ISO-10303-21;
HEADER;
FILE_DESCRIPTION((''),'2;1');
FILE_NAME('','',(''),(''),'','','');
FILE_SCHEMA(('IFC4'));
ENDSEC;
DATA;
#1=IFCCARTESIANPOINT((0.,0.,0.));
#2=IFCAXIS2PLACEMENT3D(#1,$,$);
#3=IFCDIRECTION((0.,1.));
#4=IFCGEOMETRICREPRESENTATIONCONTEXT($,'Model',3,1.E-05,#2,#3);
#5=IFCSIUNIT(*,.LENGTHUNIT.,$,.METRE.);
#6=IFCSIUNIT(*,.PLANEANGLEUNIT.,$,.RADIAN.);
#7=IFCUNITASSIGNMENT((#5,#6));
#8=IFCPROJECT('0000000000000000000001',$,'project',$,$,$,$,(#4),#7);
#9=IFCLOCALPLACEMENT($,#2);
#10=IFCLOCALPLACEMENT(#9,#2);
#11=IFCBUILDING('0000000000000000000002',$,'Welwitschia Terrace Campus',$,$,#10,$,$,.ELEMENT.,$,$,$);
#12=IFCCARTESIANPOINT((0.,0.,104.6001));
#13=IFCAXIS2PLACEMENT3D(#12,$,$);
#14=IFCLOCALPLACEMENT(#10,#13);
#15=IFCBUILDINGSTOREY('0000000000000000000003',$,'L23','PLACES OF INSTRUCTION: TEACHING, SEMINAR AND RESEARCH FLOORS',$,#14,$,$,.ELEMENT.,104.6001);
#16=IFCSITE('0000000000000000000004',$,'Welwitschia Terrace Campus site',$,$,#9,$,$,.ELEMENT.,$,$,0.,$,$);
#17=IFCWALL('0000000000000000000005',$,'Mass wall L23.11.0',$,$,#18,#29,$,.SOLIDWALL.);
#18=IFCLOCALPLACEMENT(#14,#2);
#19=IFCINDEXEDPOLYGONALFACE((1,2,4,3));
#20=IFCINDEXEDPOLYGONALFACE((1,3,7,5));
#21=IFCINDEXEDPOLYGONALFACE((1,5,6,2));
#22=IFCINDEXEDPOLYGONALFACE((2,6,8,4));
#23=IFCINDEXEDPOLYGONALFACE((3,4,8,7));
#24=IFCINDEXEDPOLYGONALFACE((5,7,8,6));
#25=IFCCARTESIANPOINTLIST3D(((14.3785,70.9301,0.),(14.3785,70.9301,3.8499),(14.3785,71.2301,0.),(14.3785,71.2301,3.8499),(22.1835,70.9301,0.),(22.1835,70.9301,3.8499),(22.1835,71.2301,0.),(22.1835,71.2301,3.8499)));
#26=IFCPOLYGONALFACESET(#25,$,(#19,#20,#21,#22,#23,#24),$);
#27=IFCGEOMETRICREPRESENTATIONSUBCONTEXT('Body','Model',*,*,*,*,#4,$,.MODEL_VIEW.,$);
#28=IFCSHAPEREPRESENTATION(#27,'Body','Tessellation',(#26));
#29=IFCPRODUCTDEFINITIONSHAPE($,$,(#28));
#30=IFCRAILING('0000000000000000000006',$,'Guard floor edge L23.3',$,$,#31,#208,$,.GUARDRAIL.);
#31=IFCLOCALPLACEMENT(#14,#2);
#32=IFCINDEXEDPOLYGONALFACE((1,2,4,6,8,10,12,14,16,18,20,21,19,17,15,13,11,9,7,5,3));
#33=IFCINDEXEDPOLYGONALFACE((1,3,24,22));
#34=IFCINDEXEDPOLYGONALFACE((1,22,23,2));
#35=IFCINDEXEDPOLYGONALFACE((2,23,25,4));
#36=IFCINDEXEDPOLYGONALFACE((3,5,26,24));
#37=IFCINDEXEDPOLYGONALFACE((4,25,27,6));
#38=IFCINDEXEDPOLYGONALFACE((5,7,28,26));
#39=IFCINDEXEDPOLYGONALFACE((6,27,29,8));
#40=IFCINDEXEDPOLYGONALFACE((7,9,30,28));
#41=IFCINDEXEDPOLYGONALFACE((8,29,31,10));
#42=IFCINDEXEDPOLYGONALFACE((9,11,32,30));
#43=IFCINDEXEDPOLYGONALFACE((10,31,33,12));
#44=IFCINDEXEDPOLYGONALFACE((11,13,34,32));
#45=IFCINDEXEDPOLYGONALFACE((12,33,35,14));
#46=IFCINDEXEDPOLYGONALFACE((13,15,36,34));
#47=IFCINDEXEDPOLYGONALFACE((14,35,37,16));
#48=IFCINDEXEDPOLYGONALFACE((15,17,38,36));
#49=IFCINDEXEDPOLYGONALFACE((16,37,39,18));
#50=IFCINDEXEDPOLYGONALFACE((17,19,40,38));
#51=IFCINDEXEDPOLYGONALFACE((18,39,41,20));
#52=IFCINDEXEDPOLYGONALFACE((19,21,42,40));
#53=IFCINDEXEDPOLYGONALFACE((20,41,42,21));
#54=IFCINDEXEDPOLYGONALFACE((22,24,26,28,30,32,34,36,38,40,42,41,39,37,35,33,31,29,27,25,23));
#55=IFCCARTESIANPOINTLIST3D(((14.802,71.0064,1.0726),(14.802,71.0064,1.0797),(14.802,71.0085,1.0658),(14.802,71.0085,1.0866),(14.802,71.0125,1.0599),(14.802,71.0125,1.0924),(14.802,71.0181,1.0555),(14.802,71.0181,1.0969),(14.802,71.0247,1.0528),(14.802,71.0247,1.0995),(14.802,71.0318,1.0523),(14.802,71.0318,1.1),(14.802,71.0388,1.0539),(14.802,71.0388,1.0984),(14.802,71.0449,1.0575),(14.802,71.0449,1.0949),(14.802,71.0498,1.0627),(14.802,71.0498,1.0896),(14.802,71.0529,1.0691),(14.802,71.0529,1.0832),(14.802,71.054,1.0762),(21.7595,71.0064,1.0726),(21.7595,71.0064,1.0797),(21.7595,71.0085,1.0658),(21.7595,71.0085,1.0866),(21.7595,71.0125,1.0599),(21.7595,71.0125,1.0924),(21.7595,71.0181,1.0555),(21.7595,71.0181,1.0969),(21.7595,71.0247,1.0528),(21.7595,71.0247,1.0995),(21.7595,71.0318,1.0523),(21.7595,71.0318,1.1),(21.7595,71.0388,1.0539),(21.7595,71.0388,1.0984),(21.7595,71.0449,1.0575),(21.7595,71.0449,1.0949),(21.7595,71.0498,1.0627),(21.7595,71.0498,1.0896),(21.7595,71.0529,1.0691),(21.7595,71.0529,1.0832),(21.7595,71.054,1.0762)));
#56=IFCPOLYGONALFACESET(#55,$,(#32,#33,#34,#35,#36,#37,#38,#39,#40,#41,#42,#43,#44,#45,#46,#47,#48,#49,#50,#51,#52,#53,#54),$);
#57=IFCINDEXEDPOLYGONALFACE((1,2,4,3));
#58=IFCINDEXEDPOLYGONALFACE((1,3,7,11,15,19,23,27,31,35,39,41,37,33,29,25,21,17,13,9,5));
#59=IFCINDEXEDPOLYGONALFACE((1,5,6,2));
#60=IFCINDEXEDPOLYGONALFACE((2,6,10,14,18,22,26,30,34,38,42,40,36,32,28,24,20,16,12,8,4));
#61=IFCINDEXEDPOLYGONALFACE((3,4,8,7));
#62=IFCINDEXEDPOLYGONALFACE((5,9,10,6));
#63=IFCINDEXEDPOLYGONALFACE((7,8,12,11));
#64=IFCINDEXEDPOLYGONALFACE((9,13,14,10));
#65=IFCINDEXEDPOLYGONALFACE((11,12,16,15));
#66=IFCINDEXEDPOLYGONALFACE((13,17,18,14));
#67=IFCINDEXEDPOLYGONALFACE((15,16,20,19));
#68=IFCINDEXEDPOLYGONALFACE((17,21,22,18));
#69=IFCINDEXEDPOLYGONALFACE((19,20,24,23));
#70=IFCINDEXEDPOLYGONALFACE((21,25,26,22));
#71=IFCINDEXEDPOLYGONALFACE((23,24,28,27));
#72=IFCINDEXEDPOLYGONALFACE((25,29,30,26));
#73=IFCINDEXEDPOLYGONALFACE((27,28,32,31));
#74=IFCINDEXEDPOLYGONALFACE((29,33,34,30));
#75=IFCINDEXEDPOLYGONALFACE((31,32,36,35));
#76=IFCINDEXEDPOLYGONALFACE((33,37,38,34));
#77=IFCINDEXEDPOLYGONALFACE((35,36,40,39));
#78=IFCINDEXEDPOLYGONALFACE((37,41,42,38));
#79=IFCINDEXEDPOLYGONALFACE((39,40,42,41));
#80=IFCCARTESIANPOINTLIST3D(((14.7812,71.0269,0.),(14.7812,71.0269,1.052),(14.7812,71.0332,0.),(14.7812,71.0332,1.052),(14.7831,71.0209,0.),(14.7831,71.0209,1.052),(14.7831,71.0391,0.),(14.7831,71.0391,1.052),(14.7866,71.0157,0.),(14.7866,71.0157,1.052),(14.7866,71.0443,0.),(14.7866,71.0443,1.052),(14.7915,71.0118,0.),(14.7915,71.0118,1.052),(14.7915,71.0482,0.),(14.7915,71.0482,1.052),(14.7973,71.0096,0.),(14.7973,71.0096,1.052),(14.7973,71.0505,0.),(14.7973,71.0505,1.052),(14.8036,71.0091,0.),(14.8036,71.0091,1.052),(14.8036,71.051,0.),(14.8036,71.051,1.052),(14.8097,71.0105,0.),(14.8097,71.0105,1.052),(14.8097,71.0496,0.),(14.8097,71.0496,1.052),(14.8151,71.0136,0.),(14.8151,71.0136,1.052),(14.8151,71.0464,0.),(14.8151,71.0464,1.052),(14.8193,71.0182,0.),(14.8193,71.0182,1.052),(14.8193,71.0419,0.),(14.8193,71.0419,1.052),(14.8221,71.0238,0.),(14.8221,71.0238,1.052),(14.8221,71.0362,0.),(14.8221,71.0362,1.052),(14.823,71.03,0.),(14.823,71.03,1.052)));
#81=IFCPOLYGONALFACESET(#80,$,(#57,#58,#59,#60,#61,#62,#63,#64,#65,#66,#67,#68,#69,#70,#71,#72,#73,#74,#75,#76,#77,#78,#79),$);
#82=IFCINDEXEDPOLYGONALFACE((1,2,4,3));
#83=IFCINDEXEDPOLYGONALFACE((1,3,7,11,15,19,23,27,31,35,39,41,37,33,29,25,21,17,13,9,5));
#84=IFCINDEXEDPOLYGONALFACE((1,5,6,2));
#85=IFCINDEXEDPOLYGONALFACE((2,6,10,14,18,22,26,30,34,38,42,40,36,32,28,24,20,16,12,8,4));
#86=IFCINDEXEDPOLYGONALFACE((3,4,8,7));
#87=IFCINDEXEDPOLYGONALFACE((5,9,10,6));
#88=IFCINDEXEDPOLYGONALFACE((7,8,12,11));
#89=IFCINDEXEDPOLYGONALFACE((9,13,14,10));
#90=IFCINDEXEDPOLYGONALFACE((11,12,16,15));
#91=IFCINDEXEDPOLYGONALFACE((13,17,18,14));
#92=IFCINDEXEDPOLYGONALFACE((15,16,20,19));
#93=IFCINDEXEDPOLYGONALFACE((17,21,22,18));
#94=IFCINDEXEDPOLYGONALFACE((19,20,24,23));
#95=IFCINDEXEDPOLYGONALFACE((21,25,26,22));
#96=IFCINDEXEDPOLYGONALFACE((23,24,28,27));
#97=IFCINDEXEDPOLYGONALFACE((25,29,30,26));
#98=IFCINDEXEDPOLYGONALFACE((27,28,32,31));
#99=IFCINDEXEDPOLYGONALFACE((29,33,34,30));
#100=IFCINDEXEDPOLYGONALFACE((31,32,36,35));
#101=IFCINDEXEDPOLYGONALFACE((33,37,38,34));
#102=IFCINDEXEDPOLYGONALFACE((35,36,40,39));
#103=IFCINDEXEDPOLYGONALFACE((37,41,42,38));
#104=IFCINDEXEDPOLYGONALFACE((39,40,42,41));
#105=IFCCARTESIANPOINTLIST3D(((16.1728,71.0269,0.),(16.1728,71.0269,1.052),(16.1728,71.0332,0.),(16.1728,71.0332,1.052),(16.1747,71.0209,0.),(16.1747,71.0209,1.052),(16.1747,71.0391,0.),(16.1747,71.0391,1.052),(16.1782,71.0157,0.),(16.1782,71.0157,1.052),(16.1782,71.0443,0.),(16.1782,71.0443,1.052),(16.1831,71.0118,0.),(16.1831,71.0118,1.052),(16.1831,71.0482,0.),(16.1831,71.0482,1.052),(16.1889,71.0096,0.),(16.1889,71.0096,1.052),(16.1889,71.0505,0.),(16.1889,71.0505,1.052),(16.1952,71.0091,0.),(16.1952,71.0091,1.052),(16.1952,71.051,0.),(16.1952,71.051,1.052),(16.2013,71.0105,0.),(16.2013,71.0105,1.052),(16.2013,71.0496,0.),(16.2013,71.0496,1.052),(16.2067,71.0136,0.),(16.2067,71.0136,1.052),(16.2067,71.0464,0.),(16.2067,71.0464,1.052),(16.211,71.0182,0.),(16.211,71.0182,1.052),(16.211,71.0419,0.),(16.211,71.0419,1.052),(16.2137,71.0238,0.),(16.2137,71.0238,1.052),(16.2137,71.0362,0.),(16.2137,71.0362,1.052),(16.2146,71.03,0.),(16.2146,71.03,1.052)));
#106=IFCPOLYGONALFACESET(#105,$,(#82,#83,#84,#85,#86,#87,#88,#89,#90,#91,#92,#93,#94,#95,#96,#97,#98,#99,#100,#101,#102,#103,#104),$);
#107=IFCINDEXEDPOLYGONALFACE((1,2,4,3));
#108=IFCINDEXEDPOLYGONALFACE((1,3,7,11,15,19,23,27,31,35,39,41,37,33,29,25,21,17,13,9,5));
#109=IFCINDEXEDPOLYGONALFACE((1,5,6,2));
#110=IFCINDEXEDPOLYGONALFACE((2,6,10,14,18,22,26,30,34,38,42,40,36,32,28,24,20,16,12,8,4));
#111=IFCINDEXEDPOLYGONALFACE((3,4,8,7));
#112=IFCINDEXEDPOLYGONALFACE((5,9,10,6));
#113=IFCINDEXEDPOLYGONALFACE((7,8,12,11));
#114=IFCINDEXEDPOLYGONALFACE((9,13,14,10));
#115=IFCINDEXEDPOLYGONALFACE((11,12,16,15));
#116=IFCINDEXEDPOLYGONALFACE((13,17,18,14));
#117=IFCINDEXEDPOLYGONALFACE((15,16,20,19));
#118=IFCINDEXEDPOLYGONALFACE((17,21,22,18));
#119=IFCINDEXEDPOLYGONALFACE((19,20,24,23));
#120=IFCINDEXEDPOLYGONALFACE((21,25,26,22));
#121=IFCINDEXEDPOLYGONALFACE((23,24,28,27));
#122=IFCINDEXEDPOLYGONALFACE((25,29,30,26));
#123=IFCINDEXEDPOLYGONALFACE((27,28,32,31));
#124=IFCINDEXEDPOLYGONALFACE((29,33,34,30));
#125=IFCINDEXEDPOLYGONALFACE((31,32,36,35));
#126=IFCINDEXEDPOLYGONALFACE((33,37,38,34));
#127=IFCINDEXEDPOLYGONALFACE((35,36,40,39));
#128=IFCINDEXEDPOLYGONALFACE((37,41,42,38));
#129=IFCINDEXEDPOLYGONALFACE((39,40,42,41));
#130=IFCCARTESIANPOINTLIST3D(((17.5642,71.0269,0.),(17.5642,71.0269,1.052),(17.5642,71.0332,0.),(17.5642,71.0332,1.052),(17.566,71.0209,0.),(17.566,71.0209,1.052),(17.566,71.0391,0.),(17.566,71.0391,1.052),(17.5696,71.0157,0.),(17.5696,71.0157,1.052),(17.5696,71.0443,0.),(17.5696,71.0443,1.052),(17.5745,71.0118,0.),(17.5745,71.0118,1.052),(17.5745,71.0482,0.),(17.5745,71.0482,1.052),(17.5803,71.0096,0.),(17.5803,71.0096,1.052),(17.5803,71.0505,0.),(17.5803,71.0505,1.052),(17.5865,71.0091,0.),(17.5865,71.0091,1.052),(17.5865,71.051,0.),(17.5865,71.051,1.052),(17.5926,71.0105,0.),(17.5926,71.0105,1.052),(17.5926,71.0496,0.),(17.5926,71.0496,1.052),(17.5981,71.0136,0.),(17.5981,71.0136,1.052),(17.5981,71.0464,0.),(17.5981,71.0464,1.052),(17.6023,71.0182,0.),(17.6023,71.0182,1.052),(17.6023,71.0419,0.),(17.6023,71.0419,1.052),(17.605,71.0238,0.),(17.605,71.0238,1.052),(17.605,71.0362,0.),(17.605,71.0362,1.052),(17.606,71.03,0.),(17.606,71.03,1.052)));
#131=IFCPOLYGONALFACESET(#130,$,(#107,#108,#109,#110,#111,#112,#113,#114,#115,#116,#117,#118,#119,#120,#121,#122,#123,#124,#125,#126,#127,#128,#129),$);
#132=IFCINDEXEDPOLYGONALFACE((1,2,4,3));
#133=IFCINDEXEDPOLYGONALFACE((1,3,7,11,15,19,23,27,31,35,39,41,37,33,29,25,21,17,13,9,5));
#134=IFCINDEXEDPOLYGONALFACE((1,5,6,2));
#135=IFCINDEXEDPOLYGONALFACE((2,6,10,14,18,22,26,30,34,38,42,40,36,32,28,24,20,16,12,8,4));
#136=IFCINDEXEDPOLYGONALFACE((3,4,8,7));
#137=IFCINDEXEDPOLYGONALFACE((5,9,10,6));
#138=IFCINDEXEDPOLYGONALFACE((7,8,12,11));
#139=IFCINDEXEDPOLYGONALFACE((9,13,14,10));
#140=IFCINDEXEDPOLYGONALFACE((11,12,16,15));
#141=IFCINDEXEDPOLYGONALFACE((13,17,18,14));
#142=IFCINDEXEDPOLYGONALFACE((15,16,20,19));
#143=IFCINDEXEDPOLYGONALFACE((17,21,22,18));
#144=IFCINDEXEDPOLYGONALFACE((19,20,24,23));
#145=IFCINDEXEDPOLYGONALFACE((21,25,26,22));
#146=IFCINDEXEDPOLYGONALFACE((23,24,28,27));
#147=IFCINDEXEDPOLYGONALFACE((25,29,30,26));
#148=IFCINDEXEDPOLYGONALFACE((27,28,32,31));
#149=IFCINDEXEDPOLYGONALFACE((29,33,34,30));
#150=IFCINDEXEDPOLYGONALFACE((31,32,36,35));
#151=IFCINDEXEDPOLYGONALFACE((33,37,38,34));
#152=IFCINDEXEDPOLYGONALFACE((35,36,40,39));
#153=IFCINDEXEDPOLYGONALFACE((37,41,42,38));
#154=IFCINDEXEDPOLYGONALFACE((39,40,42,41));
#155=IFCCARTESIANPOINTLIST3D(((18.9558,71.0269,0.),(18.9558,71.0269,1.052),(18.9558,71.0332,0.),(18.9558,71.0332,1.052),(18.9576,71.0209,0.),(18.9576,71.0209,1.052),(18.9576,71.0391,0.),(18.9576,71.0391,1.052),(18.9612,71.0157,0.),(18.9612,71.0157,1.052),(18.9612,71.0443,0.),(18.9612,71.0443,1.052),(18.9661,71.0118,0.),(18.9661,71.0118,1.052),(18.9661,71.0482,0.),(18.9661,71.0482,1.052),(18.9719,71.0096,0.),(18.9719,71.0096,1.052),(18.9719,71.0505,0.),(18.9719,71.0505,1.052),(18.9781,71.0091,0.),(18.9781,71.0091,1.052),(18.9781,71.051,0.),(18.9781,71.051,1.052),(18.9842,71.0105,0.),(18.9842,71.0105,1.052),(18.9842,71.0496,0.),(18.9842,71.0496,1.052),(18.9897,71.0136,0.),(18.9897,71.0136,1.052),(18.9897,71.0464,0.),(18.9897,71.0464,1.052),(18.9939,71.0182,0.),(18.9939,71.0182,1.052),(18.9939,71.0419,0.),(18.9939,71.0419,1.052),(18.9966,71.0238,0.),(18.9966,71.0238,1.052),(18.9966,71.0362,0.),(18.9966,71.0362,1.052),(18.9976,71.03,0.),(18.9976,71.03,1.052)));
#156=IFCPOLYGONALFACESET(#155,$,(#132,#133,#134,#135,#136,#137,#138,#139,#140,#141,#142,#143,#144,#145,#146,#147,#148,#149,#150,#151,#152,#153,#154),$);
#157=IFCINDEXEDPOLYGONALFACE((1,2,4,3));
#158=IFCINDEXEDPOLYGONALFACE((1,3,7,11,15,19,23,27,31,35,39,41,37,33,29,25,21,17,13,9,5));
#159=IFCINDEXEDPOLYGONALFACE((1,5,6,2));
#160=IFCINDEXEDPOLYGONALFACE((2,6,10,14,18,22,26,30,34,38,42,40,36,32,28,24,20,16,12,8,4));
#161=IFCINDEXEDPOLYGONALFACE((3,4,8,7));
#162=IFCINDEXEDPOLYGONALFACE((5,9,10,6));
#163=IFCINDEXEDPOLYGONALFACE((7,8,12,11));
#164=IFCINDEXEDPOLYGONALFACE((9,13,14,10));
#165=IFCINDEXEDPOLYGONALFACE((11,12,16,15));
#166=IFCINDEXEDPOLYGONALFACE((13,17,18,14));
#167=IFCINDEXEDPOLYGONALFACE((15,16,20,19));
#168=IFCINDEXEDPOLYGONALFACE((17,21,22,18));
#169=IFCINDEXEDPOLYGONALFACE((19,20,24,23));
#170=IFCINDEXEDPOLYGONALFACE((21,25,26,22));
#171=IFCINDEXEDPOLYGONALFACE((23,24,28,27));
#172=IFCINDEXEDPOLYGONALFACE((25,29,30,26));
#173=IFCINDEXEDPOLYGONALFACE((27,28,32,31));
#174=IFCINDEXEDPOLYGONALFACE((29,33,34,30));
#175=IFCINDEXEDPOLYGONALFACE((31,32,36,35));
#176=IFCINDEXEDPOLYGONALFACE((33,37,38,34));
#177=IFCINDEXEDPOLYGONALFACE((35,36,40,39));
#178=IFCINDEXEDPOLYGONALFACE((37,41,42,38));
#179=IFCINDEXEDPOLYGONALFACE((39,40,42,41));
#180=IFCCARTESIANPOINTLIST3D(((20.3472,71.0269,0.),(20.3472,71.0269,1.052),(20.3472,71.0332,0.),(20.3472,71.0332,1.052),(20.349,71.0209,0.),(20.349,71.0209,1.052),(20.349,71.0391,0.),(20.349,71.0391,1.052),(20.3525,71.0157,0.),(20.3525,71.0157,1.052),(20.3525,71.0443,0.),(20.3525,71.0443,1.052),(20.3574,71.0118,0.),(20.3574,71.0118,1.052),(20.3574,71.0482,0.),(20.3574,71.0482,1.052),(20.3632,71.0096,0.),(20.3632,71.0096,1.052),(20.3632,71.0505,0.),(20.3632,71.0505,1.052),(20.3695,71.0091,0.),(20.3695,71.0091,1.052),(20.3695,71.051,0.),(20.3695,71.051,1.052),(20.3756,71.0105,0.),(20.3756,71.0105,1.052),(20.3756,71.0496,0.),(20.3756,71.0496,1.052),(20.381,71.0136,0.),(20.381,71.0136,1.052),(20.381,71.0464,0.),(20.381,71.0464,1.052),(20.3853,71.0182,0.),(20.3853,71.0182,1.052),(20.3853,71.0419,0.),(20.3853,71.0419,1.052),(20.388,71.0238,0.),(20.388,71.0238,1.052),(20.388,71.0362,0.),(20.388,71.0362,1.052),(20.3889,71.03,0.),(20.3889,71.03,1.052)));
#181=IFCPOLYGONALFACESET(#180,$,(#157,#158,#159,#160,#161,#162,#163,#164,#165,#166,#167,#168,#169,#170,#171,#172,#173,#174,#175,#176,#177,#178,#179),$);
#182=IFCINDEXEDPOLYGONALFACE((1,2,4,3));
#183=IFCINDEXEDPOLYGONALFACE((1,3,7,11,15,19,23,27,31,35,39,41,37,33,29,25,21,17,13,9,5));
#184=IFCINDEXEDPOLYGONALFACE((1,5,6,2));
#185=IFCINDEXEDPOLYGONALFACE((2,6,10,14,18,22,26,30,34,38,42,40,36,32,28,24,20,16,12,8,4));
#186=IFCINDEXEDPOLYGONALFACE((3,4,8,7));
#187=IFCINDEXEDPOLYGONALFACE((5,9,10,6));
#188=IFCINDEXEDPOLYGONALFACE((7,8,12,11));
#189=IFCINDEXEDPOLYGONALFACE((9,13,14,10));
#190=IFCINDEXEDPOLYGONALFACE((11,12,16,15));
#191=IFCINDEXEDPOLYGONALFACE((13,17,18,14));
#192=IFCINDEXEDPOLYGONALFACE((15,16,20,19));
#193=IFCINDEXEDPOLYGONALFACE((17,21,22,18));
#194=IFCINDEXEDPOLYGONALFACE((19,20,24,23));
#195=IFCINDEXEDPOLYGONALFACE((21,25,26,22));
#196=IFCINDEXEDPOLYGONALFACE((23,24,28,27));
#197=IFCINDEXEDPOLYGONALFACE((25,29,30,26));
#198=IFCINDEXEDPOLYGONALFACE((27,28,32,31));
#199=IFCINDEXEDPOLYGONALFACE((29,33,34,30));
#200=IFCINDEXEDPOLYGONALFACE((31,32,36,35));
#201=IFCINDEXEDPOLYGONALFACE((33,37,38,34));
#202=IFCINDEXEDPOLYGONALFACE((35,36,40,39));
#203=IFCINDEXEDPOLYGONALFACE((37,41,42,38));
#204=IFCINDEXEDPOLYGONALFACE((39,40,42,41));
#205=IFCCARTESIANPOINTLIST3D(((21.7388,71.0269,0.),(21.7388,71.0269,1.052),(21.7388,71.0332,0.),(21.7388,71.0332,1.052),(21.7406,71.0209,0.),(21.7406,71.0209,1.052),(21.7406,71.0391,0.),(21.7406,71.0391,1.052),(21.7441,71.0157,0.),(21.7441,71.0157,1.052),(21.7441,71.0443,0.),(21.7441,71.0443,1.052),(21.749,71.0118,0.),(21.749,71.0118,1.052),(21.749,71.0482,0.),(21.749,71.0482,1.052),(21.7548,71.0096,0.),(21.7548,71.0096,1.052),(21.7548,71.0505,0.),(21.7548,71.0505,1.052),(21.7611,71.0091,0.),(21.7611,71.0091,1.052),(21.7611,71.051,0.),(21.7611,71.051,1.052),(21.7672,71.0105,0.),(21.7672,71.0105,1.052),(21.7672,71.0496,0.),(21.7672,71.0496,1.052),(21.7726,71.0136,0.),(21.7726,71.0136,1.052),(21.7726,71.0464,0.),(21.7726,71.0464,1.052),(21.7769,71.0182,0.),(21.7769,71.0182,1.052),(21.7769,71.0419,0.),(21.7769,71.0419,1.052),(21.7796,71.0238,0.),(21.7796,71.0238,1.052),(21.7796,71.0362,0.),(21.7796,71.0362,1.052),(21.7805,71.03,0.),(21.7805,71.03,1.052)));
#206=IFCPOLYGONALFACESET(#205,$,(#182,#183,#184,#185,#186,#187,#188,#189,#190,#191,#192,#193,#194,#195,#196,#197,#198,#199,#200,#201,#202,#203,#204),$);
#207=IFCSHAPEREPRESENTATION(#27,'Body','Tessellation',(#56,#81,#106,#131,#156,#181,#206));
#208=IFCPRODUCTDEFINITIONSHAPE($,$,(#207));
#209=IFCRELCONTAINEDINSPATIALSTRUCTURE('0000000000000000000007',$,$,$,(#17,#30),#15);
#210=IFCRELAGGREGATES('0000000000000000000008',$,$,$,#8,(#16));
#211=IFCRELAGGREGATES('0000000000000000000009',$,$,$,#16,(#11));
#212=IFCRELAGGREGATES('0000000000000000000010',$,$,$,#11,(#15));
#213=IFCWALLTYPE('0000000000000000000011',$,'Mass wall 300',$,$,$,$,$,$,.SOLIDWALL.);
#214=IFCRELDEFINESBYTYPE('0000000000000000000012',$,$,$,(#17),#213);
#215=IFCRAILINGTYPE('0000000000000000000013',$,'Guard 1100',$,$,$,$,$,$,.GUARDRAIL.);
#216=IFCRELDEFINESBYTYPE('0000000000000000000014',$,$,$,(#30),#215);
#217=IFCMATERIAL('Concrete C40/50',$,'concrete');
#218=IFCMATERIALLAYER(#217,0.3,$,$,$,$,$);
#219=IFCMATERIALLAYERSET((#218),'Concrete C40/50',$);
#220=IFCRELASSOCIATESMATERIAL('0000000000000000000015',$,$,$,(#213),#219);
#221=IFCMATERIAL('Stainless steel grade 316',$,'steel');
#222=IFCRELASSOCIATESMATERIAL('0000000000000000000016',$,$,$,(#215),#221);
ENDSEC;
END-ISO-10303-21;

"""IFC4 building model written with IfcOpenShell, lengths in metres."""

from ifc_helpers import new_model, si_unit, direction, frame, frame_2d, origin, origin_2d, place, context, subcontext, project, spatial, rectangle, circle, extrude, material, layer, layer_set, type_object, element, save


model = new_model("IFC4")

# Units and contexts
model_context = context("Model", 3, precision=1e-05, world=origin(), true_north=direction((0.0, 1.0)))
body_context = subcontext(model_context, "Body", "Model", "MODEL_VIEW")
ifc_project = project(units=[si_unit("LENGTHUNIT", "METRE"), si_unit("PLANEANGLEUNIT", "RADIAN")], contexts=[model_context])

# Site, building, storey
site_placement = place(None, origin())
site = spatial("IfcSite", under=ifc_project, at=site_placement, Name="Welwitschia Terrace Campus site", CompositionType="ELEMENT", RefElevation=0.0)
building_placement = place(site_placement, origin())
building = spatial("IfcBuilding", under=site, at=building_placement, Name="Welwitschia Terrace Campus", CompositionType="ELEMENT")
storey_placement = place(building_placement, frame((0.0, 0.0, 104.6001)))
storey = spatial("IfcBuildingStorey", under=building, at=storey_placement, Name="L23", Description="PLACES OF INSTRUCTION: TEACHING, SEMINAR AND RESEARCH FLOORS", CompositionType="ELEMENT", Elevation=104.6001)

# Wall
ifc_material_1 = material(Name="Concrete C40/50", Category="concrete")
ifc_layer_1 = layer(ifc_material_1, 0.3)
ifc_layer_set_1 = layer_set([ifc_layer_1], Name="Concrete C40/50")
wall_type = type_object("IfcWallType", Name="Mass wall 300", PredefinedType="SOLIDWALL", material=ifc_layer_set_1)
wall_placement = place(storey_placement, frame((22.1833, 71.0801, 0.0), z_axis=(0.0, 0.0, 1.0), x_axis=(-1.0, 0.0, 0.0)))
element("IfcWall", 1, at=wall_placement, inside=storey, type_object=wall_type, Name="Mass wall L23.11.0", PredefinedType="SOLIDWALL", context=body_context, shape_type="SweptSolid", body=[
    extrude(rectangle(XDim=7.8049, YDim=0.3, at=frame_2d((3.9023, 0.0))), origin(), (0.0, 0.0, 1.0), 3.8499),
])

# Railing
ifc_material_2 = material(Name="Stainless steel grade 316", Category="steel")
railing_type = type_object("IfcRailingType", Name="Guard 1100", PredefinedType="GUARDRAIL", material=ifc_material_2)
railing_placement = place(storey_placement, frame((14.802, 71.03, 0.0)))
element("IfcRailing", 2, at=railing_placement, inside=storey, type_object=railing_type, Name="Guard floor edge L23.3", PredefinedType="GUARDRAIL", context=body_context, shape_type="SweptSolid", body=[
    extrude(circle(Radius=0.0239, at=origin_2d()), frame((0.0, 0.0, 1.0762), z_axis=(1.0, 0.0, 0.0), x_axis=(0.0, 1.0, 0.0)), (0.0, 0.0, 1.0), 6.9575),
    extrude(circle(Radius=0.021, at=origin_2d()), origin(), (0.0, 0.0, 1.0), 1.052),
    extrude(circle(Radius=0.021, at=origin_2d()), frame((1.3916, 0.0, 0.0)), (0.0, 0.0, 1.0), 1.052),
    extrude(circle(Radius=0.021, at=origin_2d()), frame((2.783, 0.0, 0.0)), (0.0, 0.0, 1.0), 1.052),
    extrude(circle(Radius=0.021, at=origin_2d()), frame((4.1746, 0.0, 0.0)), (0.0, 0.0, 1.0), 1.052),
    extrude(circle(Radius=0.021, at=origin_2d()), frame((5.5659, 0.0, 0.0)), (0.0, 0.0, 1.0), 1.052),
    extrude(circle(Radius=0.021, at=origin_2d()), frame((6.9575, 0.0, 0.0)), (0.0, 0.0, 1.0), 1.052),
])

save(model, "model.ifc")
